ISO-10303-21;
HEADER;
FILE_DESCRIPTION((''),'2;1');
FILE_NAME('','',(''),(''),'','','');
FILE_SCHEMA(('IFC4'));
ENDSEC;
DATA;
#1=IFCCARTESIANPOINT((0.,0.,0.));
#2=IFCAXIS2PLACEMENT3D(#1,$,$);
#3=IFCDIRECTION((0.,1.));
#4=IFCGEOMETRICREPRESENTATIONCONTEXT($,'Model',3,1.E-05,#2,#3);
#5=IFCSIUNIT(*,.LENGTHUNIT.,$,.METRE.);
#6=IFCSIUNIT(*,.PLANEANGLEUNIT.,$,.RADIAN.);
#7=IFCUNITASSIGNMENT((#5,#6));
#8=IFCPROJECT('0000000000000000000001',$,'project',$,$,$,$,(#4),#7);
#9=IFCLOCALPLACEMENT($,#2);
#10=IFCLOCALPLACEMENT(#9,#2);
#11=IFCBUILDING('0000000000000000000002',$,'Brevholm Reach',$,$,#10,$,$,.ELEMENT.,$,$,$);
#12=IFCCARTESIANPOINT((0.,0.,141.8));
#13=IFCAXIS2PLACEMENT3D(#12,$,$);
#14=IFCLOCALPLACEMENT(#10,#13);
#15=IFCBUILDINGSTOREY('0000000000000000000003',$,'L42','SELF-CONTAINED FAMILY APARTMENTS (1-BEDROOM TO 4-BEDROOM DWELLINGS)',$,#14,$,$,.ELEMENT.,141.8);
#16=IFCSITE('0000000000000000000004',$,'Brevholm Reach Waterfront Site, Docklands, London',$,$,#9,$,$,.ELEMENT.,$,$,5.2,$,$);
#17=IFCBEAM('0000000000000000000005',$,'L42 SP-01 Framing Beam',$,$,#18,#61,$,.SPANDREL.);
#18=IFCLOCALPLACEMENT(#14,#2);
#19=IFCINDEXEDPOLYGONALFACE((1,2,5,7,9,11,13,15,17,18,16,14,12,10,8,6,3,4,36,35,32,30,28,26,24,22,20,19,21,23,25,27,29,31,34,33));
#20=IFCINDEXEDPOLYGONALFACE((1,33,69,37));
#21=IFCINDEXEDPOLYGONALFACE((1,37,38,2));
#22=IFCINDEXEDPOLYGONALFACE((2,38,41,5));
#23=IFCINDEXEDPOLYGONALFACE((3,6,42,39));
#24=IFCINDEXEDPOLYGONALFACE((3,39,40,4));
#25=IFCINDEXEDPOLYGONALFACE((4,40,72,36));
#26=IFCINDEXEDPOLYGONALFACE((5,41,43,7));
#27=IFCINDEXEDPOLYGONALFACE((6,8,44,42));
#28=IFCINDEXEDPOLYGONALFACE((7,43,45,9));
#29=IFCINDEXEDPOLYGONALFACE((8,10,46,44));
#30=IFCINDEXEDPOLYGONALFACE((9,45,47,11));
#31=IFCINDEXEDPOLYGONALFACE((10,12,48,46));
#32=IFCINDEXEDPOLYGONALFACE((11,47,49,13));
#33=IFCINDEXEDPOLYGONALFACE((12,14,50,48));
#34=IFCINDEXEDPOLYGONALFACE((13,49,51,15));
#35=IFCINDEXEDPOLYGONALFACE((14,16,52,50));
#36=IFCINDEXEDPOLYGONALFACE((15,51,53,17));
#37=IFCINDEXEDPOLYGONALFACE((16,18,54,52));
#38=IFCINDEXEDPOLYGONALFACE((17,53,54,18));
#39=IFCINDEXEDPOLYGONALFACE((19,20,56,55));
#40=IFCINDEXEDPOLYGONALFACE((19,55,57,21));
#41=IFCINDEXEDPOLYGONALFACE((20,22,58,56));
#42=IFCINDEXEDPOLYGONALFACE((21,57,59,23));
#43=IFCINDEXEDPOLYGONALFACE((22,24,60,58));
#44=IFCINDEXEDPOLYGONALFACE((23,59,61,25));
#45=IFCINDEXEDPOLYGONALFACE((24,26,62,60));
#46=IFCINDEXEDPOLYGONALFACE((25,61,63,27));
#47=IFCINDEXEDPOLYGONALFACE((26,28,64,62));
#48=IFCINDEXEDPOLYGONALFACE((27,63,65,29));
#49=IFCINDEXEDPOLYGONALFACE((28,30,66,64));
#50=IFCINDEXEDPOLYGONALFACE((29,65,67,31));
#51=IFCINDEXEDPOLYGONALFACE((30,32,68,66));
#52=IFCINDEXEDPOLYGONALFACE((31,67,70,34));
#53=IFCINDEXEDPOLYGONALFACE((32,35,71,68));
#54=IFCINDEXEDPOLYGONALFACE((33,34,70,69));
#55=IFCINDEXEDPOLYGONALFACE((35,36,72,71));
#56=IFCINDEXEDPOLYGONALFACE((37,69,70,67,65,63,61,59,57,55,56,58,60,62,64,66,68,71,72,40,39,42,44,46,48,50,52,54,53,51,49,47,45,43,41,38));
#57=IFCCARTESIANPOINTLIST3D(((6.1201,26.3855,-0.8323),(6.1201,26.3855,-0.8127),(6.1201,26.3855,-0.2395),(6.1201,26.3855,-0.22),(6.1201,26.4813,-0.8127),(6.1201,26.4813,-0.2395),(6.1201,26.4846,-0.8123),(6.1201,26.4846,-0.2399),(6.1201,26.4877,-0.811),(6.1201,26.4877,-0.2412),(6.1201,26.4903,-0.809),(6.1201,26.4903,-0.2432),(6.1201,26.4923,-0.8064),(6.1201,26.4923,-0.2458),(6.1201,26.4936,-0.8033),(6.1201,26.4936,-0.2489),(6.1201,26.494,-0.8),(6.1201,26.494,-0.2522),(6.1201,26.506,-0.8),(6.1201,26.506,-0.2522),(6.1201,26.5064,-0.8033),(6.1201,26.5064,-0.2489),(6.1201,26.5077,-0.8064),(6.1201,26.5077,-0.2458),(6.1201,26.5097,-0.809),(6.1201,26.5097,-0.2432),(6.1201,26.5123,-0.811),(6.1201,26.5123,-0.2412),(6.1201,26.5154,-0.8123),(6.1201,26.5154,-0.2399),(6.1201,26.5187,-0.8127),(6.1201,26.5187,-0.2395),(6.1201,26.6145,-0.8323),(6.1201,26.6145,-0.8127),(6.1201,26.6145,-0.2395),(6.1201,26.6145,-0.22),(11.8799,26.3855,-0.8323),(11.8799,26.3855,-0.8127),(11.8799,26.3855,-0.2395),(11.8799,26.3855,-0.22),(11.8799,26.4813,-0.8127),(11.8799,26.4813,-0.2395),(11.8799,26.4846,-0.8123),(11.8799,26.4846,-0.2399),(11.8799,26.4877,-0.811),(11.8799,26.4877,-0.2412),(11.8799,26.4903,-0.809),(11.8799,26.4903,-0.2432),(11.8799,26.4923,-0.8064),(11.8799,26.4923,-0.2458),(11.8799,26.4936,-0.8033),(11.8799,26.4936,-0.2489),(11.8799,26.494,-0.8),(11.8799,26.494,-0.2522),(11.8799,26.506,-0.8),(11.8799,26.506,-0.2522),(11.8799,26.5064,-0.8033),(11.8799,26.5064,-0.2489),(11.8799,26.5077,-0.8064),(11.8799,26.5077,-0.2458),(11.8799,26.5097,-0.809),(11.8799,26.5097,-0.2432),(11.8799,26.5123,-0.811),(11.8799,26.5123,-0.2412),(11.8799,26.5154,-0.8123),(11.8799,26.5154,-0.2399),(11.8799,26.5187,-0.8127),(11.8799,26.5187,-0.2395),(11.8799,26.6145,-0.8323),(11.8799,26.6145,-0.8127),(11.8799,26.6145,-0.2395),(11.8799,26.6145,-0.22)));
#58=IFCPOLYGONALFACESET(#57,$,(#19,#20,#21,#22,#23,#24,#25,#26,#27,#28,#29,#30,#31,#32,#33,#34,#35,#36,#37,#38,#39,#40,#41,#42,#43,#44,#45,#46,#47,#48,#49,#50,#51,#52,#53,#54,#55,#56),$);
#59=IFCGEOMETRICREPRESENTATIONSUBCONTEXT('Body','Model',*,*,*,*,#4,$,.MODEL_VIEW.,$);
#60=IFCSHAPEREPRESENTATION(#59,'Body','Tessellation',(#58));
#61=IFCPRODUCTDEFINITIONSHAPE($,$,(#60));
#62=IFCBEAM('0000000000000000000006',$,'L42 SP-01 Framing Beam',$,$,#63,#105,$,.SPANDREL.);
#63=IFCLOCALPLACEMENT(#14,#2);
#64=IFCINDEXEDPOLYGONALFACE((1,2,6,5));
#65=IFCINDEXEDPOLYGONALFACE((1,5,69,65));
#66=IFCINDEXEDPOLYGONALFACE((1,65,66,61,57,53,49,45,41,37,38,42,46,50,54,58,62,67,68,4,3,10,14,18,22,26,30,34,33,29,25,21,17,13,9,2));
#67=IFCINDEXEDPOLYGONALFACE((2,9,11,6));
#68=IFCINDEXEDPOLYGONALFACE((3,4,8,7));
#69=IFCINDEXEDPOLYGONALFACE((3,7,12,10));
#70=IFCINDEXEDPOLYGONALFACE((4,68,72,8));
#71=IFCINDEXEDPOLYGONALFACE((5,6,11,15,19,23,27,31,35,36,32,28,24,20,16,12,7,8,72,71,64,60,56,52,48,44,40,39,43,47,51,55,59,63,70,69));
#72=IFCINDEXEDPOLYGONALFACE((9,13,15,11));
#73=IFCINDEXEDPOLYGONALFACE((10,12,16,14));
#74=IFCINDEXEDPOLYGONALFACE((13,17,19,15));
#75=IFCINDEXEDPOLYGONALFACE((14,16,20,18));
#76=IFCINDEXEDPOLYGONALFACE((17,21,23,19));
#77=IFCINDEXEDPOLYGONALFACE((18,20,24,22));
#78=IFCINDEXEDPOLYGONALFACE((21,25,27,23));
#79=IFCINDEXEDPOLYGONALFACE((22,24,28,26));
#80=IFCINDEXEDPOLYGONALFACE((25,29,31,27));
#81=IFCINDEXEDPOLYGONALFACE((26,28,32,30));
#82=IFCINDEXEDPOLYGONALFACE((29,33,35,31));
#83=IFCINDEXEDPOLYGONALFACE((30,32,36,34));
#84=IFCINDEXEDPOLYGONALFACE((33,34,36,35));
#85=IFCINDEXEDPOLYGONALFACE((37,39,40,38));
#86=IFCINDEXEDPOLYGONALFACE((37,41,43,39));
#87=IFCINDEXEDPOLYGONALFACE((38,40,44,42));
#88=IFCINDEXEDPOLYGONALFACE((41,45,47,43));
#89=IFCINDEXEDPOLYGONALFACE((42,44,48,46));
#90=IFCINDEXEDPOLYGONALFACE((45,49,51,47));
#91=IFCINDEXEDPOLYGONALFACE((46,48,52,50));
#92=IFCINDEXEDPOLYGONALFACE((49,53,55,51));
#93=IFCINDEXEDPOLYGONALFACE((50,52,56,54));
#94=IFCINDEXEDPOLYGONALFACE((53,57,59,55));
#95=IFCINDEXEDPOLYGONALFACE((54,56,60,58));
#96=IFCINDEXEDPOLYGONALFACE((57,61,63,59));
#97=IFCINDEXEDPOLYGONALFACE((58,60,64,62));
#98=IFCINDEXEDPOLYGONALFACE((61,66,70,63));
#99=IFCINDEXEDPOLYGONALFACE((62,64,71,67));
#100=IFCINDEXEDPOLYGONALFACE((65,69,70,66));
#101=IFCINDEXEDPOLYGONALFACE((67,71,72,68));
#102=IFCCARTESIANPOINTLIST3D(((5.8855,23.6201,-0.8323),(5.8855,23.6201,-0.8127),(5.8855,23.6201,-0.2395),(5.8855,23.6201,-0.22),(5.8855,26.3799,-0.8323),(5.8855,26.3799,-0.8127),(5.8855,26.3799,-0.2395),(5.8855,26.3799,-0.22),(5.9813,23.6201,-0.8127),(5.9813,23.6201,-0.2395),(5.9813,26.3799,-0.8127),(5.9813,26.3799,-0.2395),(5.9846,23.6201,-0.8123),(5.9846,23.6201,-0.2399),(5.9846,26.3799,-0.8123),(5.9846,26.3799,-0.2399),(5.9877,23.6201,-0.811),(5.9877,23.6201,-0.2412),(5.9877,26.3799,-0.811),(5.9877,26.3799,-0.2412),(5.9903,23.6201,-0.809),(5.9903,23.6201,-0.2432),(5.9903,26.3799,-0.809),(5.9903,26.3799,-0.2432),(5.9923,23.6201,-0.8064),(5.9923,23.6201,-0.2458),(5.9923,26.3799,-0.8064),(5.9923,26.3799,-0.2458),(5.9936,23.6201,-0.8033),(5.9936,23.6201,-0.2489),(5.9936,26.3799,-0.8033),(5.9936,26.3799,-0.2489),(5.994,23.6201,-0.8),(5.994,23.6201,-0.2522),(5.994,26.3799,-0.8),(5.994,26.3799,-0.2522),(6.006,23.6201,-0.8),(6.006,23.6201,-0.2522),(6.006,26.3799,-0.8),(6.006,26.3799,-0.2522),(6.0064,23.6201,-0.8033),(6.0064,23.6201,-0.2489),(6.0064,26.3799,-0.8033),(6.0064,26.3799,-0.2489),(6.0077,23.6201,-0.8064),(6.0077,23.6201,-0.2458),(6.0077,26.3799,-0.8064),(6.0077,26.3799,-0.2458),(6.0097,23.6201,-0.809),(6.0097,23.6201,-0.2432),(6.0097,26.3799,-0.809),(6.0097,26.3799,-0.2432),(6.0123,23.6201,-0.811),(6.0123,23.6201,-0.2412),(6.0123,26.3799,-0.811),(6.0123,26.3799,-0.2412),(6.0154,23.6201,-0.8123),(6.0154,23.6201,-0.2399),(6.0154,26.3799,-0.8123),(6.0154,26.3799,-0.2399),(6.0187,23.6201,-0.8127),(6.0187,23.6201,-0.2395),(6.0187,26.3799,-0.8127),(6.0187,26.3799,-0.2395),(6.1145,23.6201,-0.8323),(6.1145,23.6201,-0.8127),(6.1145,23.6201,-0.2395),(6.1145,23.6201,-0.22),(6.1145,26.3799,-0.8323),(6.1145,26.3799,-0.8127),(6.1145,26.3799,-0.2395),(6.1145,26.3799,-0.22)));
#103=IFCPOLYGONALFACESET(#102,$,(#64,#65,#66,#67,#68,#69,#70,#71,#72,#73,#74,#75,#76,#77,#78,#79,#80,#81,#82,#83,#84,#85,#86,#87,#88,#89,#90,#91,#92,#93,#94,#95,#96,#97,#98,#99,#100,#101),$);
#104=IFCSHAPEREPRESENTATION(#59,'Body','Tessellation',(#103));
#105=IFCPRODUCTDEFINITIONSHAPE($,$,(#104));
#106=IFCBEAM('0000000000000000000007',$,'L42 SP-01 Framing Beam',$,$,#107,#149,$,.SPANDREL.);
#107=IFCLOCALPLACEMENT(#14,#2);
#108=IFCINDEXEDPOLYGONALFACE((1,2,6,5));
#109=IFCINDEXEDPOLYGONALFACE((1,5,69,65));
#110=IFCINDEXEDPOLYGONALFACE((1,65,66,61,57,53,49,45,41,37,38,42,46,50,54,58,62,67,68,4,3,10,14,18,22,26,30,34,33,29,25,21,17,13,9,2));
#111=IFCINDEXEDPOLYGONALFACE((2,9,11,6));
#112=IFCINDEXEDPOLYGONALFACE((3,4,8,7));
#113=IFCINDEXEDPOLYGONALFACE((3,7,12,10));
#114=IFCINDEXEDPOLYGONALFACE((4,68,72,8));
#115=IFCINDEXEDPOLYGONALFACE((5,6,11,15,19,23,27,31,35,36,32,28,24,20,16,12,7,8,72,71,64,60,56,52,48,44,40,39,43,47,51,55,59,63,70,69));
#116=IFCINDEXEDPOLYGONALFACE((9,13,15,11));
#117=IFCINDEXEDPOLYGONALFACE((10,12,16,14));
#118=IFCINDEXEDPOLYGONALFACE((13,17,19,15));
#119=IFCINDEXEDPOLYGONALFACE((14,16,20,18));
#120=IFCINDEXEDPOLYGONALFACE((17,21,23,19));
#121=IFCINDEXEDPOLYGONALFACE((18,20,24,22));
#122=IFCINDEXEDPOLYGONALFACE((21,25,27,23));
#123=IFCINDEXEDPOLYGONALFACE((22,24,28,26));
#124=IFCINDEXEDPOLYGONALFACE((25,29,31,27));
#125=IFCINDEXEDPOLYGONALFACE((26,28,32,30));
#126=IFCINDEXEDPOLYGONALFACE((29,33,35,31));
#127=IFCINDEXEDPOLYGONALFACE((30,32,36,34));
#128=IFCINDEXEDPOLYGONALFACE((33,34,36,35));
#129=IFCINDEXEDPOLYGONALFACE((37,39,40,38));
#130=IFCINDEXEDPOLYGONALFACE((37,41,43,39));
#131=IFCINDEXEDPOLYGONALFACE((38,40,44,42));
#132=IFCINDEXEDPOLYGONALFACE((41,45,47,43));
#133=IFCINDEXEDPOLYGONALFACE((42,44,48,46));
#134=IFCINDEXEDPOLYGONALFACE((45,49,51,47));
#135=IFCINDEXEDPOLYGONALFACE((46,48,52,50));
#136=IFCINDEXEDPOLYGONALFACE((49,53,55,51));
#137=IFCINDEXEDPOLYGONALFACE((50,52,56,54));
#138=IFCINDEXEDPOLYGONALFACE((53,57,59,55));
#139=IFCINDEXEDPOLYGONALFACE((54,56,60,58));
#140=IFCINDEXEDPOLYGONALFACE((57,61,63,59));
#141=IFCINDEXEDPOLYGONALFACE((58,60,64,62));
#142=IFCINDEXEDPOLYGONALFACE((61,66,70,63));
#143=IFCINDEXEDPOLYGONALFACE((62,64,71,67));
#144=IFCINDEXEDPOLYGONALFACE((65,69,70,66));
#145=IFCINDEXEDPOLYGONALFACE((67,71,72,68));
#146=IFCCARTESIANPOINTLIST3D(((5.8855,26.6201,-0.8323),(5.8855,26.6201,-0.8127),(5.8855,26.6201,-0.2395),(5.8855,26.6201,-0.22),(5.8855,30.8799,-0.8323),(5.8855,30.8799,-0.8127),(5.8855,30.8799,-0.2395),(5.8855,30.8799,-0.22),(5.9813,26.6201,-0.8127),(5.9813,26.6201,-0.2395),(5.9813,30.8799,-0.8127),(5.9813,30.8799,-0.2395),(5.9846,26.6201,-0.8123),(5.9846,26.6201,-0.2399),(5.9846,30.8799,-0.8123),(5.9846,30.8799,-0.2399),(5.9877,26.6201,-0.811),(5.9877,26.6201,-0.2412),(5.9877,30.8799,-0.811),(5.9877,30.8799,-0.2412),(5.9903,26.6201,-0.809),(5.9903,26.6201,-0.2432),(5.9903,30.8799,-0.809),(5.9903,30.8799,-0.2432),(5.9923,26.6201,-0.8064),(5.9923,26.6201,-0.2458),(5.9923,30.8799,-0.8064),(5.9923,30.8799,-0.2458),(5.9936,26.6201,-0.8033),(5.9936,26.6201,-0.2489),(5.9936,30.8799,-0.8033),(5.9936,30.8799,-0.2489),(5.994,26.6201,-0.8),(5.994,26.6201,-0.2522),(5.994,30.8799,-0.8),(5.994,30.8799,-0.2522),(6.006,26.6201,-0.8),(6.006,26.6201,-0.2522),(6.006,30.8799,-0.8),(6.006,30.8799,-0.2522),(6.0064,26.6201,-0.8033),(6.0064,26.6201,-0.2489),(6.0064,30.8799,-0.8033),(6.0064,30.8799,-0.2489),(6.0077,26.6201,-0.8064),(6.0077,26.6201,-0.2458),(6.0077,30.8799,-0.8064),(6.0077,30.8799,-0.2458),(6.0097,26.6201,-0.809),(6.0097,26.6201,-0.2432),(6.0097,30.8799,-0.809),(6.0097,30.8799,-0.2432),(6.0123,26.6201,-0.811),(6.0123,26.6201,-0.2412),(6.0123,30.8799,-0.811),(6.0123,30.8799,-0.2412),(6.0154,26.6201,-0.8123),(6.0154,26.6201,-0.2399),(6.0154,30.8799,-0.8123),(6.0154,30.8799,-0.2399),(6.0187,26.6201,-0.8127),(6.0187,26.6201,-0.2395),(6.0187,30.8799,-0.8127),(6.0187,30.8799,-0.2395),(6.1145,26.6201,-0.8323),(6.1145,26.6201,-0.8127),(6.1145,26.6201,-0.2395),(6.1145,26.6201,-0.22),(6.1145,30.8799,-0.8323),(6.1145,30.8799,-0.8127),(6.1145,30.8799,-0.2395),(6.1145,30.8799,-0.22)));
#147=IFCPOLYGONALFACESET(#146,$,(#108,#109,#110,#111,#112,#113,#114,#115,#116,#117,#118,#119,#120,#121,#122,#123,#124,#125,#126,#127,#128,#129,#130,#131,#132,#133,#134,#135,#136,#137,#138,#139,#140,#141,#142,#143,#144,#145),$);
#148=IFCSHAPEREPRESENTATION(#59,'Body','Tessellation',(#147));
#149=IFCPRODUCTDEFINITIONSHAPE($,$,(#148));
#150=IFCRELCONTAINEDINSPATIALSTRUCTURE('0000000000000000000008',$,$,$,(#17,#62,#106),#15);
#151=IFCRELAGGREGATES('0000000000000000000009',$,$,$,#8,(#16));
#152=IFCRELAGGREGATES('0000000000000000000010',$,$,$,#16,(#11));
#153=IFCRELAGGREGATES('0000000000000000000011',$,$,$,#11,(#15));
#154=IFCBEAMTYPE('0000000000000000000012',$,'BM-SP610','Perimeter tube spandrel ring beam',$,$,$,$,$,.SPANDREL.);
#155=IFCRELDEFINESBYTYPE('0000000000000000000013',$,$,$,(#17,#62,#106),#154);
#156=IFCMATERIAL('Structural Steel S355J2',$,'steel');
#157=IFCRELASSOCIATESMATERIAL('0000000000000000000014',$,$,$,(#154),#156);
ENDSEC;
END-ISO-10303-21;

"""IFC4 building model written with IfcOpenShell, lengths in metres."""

from ifc_helpers import new_model, si_unit, direction, frame, origin, origin_2d, place, context, subcontext, project, spatial, i_section, extrude, material, material_profile, profile_set, type_object, element, save


model = new_model("IFC4")

# Units and contexts
model_context = context("Model", 3, precision=1e-05, world=origin(), true_north=direction((0.0, 1.0)))
body_context = subcontext(model_context, "Body", "Model", "MODEL_VIEW")
ifc_project = project(units=[si_unit("LENGTHUNIT", "METRE"), si_unit("PLANEANGLEUNIT", "RADIAN")], contexts=[model_context])

# Site, building, storey
site_placement = place(None, origin())
site = spatial("IfcSite", under=ifc_project, at=site_placement, Name="Brevholm Reach Waterfront Site, Docklands, London", CompositionType="ELEMENT", RefElevation=5.2)
building_placement = place(site_placement, origin())
building = spatial("IfcBuilding", under=site, at=building_placement, Name="Brevholm Reach", CompositionType="ELEMENT")
storey_placement = place(building_placement, frame((0.0, 0.0, 141.8)))
storey = spatial("IfcBuildingStorey", under=building, at=storey_placement, Name="L42", Description="SELF-CONTAINED FAMILY APARTMENTS (1-BEDROOM TO 4-BEDROOM DWELLINGS)", CompositionType="ELEMENT", Elevation=141.8)

# Beams
ifc_material_1 = material(Name="Structural Steel S355J2", Category="steel")
ifc_material_profile_1 = material_profile(ifc_material_1, i_section(OverallWidth=0.229, OverallDepth=0.6123, WebThickness=0.012, FlangeThickness=0.0195, FilletRadius=0.0127, at=origin_2d()), Name="UKB 610x229x125")
ifc_profile_set_1 = profile_set([ifc_material_profile_1], Name="Structural Steel S355J2")
beam_type_1 = type_object("IfcBeamType", Name="BM-SP610", Description="Perimeter tube spandrel ring beam", PredefinedType="SPANDREL", material=ifc_profile_set_1)
for number, where, z_axis, x_axis, name in (
    (1, (6.1201, 26.5, -0.5261), (1.0, 0.0, 0.0), (0.0, 1.0, 0.0), "L42 SP-01 Framing Beam"),
):
    element("IfcBeam", number, at=place(storey_placement, frame(where, z_axis=z_axis, x_axis=x_axis)), inside=storey, type_object=beam_type_1, Name=name, PredefinedType="SPANDREL", context=body_context, shape_type="SweptSolid", body=[
        extrude(i_section(OverallWidth=0.229, OverallDepth=0.6123, WebThickness=0.012, FlangeThickness=0.0195, FilletRadius=0.0127, at=origin_2d()), origin(), (0.0, 0.0, 1.0), 5.7598),
    ])
beam_1_placement = place(storey_placement, frame((6.0, 23.6201, -0.5261), z_axis=(0.0, 1.0, 0.0), x_axis=(-1.0, 0.0, 0.0)))
element("IfcBeam", 2, at=beam_1_placement, inside=storey, type_object=beam_type_1, Name="L42 SP-01 Framing Beam", PredefinedType="SPANDREL", context=body_context, shape_type="SweptSolid", body=[
    extrude(i_section(OverallWidth=0.229, OverallDepth=0.6123, WebThickness=0.012, FlangeThickness=0.0195, FilletRadius=0.0127, at=origin_2d()), origin(), (0.0, 0.0, 1.0), 2.7598),
])
beam_2_placement = place(storey_placement, frame((6.0, 26.6201, -0.5261), z_axis=(0.0, 1.0, 0.0), x_axis=(-1.0, 0.0, 0.0)))
element("IfcBeam", 3, at=beam_2_placement, inside=storey, type_object=beam_type_1, Name="L42 SP-01 Framing Beam", PredefinedType="SPANDREL", context=body_context, shape_type="SweptSolid", body=[
    extrude(i_section(OverallWidth=0.229, OverallDepth=0.6123, WebThickness=0.012, FlangeThickness=0.0195, FilletRadius=0.0127, at=origin_2d()), origin(), (0.0, 0.0, 1.0), 4.2598),
])

save(model, "model.ifc")
